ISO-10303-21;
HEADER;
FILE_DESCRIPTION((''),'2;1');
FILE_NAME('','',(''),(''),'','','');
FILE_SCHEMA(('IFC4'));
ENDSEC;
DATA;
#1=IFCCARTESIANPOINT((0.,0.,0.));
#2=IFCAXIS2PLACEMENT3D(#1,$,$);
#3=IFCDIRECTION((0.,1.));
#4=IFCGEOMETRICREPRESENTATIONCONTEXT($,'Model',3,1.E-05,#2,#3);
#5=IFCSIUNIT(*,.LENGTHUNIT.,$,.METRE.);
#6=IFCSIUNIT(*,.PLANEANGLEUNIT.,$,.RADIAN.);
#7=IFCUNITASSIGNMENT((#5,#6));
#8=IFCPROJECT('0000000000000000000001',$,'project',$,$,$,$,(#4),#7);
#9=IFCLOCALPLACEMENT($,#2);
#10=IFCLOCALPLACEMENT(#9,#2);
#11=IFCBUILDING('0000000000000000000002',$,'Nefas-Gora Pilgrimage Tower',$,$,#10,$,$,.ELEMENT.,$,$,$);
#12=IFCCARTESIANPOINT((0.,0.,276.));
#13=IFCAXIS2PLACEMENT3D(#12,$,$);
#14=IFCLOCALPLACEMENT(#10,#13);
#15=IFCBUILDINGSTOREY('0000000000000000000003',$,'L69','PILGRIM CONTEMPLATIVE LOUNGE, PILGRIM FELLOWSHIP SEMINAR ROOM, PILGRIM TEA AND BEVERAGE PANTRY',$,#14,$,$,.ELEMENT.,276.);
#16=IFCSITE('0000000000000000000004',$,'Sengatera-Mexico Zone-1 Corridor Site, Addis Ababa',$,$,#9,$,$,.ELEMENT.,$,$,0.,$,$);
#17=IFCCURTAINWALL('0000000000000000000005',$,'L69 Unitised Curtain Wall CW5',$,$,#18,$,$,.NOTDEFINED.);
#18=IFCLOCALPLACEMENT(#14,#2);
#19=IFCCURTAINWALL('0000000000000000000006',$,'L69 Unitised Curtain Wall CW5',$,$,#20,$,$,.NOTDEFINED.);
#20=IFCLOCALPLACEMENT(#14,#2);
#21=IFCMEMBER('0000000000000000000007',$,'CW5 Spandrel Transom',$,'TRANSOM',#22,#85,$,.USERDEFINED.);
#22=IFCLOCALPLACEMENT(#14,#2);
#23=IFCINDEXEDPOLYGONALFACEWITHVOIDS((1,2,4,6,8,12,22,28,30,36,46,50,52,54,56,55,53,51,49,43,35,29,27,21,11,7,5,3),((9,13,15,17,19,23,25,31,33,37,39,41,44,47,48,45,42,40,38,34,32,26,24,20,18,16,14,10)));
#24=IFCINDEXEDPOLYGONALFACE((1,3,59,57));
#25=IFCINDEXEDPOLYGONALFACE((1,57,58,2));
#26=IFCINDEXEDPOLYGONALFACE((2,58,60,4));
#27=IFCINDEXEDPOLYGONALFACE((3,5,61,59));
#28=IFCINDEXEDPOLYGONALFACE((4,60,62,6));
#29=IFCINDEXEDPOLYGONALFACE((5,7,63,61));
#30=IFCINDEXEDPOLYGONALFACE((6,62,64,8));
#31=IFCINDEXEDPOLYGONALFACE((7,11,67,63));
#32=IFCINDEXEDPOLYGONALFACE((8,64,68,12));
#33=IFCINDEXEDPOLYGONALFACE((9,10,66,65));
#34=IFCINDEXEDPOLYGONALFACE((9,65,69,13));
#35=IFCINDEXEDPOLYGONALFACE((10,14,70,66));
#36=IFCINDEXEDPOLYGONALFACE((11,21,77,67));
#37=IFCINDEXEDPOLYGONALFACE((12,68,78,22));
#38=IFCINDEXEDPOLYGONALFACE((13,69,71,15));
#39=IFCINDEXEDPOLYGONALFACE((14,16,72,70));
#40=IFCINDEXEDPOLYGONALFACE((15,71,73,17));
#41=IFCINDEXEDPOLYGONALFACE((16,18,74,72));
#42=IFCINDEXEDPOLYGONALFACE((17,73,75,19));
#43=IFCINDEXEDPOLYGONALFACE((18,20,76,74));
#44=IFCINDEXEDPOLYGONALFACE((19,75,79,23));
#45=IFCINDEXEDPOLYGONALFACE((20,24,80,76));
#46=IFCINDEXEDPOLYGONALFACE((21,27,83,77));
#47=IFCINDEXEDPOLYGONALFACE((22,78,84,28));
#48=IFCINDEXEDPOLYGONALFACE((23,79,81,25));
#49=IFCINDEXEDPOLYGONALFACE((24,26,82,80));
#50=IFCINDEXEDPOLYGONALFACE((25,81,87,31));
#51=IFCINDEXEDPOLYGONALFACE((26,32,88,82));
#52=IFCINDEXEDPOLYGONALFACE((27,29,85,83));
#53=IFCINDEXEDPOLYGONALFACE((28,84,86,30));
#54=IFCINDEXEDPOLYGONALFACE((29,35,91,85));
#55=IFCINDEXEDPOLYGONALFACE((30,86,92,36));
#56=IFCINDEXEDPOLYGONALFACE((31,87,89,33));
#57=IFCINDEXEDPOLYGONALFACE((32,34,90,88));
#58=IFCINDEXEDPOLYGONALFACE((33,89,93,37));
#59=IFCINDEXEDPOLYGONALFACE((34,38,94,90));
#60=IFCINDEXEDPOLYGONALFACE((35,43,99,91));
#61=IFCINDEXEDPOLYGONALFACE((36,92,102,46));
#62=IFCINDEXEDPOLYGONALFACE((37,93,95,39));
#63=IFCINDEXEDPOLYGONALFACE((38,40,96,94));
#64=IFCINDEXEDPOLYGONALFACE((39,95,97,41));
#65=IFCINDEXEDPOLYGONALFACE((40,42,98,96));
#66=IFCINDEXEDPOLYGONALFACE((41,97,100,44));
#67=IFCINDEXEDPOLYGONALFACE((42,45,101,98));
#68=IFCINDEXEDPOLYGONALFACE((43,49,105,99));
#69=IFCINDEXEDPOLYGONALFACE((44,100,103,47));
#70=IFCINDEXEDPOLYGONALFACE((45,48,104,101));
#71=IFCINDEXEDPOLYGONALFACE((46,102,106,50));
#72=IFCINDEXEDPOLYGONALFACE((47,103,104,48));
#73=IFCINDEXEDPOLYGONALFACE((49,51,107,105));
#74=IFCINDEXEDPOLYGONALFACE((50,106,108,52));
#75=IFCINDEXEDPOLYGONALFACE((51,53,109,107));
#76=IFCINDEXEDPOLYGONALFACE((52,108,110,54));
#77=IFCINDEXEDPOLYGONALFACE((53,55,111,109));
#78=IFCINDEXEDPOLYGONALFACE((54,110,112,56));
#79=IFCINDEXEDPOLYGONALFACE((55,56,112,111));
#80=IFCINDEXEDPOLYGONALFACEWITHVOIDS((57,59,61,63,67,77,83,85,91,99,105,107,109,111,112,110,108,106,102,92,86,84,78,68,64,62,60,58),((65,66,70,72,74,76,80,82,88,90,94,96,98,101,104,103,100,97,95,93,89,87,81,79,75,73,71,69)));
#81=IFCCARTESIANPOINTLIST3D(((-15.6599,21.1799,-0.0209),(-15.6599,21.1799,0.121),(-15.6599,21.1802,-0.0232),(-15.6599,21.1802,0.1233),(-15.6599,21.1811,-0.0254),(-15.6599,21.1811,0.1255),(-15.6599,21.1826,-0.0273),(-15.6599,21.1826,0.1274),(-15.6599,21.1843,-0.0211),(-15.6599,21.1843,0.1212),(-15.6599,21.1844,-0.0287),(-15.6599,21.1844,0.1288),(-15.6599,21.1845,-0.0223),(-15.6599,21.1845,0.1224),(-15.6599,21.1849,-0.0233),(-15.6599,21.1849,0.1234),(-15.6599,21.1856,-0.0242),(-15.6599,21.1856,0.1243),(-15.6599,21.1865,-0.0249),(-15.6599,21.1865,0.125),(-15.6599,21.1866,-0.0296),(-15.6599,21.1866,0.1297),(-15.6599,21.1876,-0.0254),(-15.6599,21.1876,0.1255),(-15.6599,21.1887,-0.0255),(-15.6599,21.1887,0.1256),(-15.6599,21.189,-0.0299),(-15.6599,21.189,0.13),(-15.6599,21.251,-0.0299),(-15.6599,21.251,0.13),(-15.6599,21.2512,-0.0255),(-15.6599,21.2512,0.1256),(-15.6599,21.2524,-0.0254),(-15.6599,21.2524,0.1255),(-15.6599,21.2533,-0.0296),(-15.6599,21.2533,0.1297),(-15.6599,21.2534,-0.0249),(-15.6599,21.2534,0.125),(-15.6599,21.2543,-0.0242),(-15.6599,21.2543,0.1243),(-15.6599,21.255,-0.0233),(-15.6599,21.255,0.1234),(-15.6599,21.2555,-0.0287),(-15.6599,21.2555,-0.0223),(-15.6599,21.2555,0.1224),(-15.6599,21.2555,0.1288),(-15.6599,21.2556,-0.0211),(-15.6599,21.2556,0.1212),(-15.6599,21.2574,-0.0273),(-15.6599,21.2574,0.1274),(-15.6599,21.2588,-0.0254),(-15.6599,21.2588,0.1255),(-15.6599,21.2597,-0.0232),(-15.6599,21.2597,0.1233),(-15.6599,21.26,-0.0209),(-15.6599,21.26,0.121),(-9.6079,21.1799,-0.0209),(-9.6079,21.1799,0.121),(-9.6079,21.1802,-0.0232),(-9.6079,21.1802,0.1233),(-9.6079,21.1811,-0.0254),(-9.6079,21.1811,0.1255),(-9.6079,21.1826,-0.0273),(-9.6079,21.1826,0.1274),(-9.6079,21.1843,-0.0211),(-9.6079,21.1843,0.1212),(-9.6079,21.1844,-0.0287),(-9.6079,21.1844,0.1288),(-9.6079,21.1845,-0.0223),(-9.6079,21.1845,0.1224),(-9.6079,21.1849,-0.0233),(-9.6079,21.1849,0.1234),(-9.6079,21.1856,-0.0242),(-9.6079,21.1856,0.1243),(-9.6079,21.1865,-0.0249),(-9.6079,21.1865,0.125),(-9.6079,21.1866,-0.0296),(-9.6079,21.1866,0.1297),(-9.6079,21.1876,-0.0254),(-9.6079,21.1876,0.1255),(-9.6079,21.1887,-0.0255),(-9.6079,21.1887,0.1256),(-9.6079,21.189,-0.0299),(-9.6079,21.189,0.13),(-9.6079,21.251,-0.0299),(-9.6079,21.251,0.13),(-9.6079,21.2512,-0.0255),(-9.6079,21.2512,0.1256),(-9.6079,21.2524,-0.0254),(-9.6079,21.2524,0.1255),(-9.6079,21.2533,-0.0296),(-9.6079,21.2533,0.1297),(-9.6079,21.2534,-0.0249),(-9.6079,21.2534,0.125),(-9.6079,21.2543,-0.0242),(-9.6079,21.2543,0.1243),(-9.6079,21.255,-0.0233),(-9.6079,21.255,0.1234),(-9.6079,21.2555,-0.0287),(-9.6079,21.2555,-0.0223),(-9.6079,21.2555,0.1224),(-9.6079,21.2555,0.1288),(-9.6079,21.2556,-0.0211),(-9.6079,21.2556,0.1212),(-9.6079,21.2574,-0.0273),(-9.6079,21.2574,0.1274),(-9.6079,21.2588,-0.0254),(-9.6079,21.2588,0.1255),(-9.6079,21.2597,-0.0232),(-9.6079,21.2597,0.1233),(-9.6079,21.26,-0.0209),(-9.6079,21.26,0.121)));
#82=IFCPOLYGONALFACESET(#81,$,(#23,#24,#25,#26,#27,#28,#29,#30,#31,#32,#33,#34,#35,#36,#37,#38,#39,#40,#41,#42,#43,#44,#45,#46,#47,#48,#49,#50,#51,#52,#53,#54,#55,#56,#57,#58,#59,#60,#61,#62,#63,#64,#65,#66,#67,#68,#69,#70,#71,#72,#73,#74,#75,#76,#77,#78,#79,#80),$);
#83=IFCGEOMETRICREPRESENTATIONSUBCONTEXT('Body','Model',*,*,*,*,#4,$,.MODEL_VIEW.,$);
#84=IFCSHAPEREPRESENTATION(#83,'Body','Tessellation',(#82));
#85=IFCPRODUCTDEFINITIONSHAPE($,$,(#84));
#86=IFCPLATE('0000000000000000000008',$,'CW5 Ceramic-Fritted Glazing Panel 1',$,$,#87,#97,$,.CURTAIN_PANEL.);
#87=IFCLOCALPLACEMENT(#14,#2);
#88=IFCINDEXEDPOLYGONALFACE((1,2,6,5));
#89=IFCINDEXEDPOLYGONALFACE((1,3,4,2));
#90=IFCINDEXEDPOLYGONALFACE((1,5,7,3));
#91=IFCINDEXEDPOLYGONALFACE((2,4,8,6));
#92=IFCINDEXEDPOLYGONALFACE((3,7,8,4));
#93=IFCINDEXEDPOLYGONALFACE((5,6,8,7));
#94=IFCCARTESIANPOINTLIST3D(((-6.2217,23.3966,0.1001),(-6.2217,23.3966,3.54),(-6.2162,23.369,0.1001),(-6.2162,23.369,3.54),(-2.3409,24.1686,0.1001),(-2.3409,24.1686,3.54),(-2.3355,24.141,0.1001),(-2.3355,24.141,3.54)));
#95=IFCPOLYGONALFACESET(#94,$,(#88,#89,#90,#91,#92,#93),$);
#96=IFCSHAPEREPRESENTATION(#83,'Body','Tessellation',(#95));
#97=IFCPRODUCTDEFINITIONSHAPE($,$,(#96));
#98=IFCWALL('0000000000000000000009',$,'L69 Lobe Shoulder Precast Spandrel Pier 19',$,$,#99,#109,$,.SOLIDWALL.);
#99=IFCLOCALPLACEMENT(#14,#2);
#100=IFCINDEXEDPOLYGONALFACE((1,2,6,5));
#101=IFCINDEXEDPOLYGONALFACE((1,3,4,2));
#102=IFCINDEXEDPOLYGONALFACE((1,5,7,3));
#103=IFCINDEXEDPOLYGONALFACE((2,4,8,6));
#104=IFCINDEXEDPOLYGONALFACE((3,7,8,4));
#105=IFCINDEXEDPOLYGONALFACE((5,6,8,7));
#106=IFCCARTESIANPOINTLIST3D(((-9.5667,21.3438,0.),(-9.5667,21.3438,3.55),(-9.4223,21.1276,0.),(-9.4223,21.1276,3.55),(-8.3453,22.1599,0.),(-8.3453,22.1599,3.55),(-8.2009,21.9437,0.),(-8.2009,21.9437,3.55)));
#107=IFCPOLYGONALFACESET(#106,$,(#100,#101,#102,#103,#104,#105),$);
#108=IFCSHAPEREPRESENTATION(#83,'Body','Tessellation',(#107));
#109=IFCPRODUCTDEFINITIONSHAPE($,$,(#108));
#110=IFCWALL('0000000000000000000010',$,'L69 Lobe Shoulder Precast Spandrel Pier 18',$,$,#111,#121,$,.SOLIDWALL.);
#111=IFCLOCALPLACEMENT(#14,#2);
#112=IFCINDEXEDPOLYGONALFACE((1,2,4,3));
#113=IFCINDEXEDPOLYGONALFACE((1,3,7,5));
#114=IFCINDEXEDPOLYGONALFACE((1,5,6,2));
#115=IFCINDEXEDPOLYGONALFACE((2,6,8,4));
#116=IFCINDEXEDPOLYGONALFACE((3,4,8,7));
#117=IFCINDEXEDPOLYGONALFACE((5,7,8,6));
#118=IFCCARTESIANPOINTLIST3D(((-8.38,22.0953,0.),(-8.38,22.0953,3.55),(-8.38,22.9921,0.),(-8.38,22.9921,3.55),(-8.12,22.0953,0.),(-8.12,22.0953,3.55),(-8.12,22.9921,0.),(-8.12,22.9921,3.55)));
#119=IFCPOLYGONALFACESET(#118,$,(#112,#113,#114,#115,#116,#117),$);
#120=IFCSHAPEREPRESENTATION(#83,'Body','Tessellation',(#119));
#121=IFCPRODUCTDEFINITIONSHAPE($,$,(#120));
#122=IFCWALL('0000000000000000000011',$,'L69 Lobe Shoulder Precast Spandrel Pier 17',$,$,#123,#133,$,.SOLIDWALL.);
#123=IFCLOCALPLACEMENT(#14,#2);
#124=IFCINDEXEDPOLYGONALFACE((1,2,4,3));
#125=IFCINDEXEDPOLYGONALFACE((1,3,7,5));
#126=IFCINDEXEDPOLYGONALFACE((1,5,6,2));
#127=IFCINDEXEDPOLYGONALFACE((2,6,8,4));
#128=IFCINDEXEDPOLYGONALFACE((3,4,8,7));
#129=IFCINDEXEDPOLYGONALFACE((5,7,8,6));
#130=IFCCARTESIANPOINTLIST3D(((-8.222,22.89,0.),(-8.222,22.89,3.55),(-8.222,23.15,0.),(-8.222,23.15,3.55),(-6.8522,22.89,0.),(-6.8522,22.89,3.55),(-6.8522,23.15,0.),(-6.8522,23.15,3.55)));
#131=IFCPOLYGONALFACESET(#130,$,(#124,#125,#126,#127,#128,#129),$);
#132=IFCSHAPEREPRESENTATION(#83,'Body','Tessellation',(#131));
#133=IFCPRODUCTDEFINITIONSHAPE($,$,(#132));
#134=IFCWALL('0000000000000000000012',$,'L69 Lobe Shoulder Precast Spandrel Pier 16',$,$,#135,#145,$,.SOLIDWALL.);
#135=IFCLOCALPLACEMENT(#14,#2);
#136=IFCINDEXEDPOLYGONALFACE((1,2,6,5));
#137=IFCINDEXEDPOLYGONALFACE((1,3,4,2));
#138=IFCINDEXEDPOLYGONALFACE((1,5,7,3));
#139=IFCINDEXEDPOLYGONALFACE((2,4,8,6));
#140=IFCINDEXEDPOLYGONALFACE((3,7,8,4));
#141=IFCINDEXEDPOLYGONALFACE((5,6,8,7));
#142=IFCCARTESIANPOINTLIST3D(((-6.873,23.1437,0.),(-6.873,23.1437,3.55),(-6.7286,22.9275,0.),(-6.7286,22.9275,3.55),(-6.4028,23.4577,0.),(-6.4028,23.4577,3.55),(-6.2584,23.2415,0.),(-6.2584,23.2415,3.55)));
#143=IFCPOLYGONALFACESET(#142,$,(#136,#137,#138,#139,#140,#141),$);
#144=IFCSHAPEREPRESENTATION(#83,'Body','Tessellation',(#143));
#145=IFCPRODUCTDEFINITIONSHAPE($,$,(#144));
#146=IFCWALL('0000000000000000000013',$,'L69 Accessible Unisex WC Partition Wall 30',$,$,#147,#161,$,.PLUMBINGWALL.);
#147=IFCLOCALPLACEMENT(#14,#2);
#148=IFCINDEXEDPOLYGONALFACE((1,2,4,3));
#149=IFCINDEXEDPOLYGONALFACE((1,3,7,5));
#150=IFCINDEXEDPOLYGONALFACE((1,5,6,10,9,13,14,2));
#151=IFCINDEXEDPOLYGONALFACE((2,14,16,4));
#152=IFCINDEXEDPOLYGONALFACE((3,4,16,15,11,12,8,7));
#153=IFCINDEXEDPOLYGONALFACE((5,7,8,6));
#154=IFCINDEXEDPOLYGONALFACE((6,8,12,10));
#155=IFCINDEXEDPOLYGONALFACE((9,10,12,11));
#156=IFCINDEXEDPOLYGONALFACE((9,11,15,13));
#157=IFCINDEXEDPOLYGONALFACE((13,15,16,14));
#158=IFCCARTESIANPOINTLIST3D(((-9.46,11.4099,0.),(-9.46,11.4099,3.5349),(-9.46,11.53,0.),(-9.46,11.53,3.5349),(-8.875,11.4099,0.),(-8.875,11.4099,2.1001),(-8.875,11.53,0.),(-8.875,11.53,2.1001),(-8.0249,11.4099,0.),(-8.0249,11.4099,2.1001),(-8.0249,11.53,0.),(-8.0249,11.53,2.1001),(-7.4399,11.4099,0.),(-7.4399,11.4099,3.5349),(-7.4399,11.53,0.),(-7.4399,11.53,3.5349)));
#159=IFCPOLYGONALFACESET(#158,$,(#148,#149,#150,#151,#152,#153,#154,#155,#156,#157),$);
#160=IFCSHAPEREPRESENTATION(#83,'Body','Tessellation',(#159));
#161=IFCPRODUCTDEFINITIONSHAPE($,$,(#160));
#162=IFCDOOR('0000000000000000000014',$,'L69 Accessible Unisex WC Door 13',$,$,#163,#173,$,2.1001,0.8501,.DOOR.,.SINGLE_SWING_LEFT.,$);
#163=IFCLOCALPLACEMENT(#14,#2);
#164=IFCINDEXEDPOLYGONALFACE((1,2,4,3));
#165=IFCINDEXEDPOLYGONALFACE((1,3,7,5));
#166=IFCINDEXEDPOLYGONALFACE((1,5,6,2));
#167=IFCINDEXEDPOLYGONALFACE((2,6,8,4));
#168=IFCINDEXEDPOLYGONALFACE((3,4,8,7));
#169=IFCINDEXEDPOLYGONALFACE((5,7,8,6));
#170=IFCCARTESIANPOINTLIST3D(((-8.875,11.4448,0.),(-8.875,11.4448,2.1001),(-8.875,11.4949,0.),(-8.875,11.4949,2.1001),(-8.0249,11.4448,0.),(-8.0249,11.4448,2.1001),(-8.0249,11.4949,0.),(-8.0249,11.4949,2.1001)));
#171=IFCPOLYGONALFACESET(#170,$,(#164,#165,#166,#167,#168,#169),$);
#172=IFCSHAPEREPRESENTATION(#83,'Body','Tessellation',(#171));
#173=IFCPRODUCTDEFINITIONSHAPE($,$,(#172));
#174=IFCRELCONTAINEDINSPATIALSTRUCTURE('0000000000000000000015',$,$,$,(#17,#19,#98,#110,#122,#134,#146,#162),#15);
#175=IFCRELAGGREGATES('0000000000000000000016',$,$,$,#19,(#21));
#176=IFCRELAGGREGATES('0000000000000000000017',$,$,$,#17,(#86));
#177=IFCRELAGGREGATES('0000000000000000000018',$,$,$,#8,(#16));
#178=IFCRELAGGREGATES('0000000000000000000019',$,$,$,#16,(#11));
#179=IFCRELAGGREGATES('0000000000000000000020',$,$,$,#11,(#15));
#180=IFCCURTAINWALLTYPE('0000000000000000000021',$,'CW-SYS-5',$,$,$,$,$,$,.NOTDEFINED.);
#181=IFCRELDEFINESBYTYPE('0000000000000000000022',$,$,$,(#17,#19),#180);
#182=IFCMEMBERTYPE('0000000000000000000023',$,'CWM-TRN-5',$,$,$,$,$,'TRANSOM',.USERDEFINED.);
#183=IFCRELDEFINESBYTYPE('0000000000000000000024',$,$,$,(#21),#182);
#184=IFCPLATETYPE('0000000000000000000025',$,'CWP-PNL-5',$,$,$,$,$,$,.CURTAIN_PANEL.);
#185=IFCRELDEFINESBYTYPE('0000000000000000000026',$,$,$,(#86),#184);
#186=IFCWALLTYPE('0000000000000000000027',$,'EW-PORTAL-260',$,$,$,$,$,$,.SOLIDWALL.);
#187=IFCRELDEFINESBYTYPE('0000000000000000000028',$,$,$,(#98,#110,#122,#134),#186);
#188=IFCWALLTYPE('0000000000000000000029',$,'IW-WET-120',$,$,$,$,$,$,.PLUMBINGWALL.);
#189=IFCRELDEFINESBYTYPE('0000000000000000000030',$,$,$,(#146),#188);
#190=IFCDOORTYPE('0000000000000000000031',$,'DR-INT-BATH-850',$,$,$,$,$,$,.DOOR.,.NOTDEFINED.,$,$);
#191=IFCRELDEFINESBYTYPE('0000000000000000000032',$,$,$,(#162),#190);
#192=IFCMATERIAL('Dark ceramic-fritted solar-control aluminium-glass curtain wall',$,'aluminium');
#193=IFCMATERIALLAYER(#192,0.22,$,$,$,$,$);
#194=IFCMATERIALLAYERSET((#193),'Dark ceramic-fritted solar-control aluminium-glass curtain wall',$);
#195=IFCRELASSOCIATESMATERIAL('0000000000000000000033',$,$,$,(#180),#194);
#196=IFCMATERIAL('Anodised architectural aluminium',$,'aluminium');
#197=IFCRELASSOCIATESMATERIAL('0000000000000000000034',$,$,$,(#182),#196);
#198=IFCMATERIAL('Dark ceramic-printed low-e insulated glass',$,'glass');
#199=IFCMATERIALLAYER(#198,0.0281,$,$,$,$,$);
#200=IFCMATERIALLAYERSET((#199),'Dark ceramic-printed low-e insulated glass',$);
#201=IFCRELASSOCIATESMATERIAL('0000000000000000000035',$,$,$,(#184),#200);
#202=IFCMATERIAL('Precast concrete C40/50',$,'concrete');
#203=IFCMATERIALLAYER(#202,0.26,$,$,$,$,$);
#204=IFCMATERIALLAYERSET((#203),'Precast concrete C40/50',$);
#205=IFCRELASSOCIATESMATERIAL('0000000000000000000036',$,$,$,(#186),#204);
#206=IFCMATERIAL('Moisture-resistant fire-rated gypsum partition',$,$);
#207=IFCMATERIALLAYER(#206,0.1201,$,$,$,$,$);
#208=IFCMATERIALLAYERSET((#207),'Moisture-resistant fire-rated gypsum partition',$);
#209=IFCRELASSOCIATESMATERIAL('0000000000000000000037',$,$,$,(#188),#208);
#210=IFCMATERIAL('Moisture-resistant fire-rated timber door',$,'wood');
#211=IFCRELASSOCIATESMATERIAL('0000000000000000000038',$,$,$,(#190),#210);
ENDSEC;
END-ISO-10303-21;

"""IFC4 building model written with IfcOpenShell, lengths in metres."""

from ifc_helpers import new_model, si_unit, direction, frame, frame_2d, origin, origin_2d, place, context, subcontext, project, spatial, rectangle, hollow_rectangle, extrude, source, transform, mapped, material, layer, layer_set, material_profile, profile_set, type_object, element, fill, aggregate, save


model = new_model("IFC4")

# Units and contexts
model_context = context("Model", 3, precision=1e-05, world=origin(), true_north=direction((0.0, 1.0)))
body_context = subcontext(model_context, "Body", "Model", "MODEL_VIEW")
ifc_project = project(units=[si_unit("LENGTHUNIT", "METRE"), si_unit("PLANEANGLEUNIT", "RADIAN")], contexts=[model_context])

# Site, building, storey
site_placement = place(None, origin())
site = spatial("IfcSite", under=ifc_project, at=site_placement, Name="Sengatera-Mexico Zone-1 Corridor Site, Addis Ababa", CompositionType="ELEMENT", RefElevation=0.0)
building_placement = place(site_placement, origin())
building = spatial("IfcBuilding", under=site, at=building_placement, Name="Nefas-Gora Pilgrimage Tower", CompositionType="ELEMENT")
storey_placement = place(building_placement, frame((0.0, 0.0, 276.0)))
storey = spatial("IfcBuildingStorey", under=building, at=storey_placement, Name="L69", Description="PILGRIM CONTEMPLATIVE LOUNGE, PILGRIM FELLOWSHIP SEMINAR ROOM, PILGRIM TEA AND BEVERAGE PANTRY", CompositionType="ELEMENT", Elevation=276.0)

# Curtain wall
ifc_material_1 = material(Name="Dark ceramic-fritted solar-control aluminium-glass curtain wall", Category="aluminium")
ifc_layer_1 = layer(ifc_material_1, 0.22)
ifc_layer_set_1 = layer_set([ifc_layer_1], Name="Dark ceramic-fritted solar-control aluminium-glass curtain wall")
curtain_wall_type = type_object("IfcCurtainWallType", Name="CW-SYS-5", PredefinedType="NOTDEFINED", material=ifc_layer_set_1)
curtain_wall_1_placement = place(storey_placement, origin())
curtain_wall_1 = element("IfcCurtainWall", 1, at=curtain_wall_1_placement, inside=storey, type_object=curtain_wall_type, Name="L69 Unitised Curtain Wall CW5", PredefinedType="NOTDEFINED")
ifc_material_2 = material(Name="Anodised architectural aluminium", Category="aluminium")

# Curtain wall, member
curtain_wall_2_placement = place(storey_placement, origin())
curtain_wall_2 = element("IfcCurtainWall", 2, at=curtain_wall_2_placement, inside=storey, type_object=curtain_wall_type, Name="L69 Unitised Curtain Wall CW5", PredefinedType="NOTDEFINED")
ifc_material_profile_1 = material_profile(ifc_material_2, hollow_rectangle(XDim=0.0801, YDim=0.1599, WallThickness=0.0044, InnerFilletRadius=0.0044, OuterFilletRadius=0.009, at=origin_2d()), Name="ALU TRANSOM 80x160")
ifc_profile_set_1 = profile_set([ifc_material_profile_1], Name="Anodised architectural aluminium")
member_type_1 = type_object("IfcMemberType", Name="CWM-TRN-5", ElementType="TRANSOM", PredefinedType="USERDEFINED", material=ifc_profile_set_1)
shared_shape_1 = source(origin(), body_context, "Body", "SweptSolid", [
    extrude(hollow_rectangle(XDim=0.0801, YDim=0.1599, WallThickness=0.0044, InnerFilletRadius=0.0044, OuterFilletRadius=0.009, at=origin_2d()), origin(), (0.0, 0.0, 1.0), 6.052),
])
member_1_placement = place(storey_placement, frame((-9.6079, 21.22, 0.05), z_axis=(-1.0, 0.0, 0.0), x_axis=(0.0, -1.0, 0.0)))
member_1 = element("IfcMember", 3, at=member_1_placement, type_object=member_type_1, Name="CW5 Spandrel Transom", ObjectType="TRANSOM", PredefinedType="USERDEFINED", context=body_context, shape_type="MappedRepresentation", body=[
    mapped(shared_shape_1, transform((0.0, 0.0, 0.0), x_axis=(1.0, 0.0, 0.0), y_axis=(0.0, 1.0, 0.0), z_axis=(0.0, 0.0, 1.0), scale=1.0)),
])
aggregate(curtain_wall_2, [member_1])

# Plate
ifc_material_3 = material(Name="Dark ceramic-printed low-e insulated glass", Category="glass")
ifc_layer_2 = layer(ifc_material_3, 0.0281)
ifc_layer_set_2 = layer_set([ifc_layer_2], Name="Dark ceramic-printed low-e insulated glass")
plate_type = type_object("IfcPlateType", Name="CWP-PNL-5", PredefinedType="CURTAIN_PANEL", material=ifc_layer_set_2)
shared_shape_2 = source(origin(), body_context, "Body", "SweptSolid", [
    extrude(rectangle(XDim=3.9568, YDim=0.0281, at=origin_2d()), origin(), (0.0, 0.0, 1.0), 3.4399),
])
plate_placement = place(storey_placement, frame((-4.2786, 23.7688, 0.1001), z_axis=(0.0, 0.0, 1.0), x_axis=(-0.980783, -0.195102, 0.0)))
plate = element("IfcPlate", 4, at=plate_placement, type_object=plate_type, Name="CW5 Ceramic-Fritted Glazing Panel 1", PredefinedType="CURTAIN_PANEL", context=body_context, shape_type="MappedRepresentation", body=[
    mapped(shared_shape_2, transform((0.0, 0.0, 0.0), x_axis=(1.0, 0.0, 0.0), y_axis=(0.0, 1.0, 0.0), z_axis=(0.0, 0.0, 1.0), scale=1.0)),
])
aggregate(curtain_wall_1, [plate])

# Walls
ifc_material_4 = material(Name="Precast concrete C40/50", Category="concrete")
ifc_layer_3 = layer(ifc_material_4, 0.26)
ifc_layer_set_3 = layer_set([ifc_layer_3], Name="Precast concrete C40/50")
wall_type_1 = type_object("IfcWallType", Name="EW-PORTAL-260", PredefinedType="SOLIDWALL", material=ifc_layer_set_3)
shared_shape_3 = source(origin(), body_context, "Body", "SweptSolid", [
    extrude(rectangle(XDim=1.469, YDim=0.26, at=frame_2d((0.7344, 0.0))), origin(), (0.0, 0.0, 1.0), 3.55),
])
wall_1_placement = place(storey_placement, frame((-8.2732, 22.0518, 0.0), z_axis=(0.0, 0.0, 1.0), x_axis=(-0.831462, -0.555582, 0.0)))
element("IfcWall", 5, at=wall_1_placement, inside=storey, type_object=wall_type_1, Name="L69 Lobe Shoulder Precast Spandrel Pier 19", PredefinedType="SOLIDWALL", context=body_context, shape_type="MappedRepresentation", body=[
    mapped(shared_shape_3, transform((0.0, 0.0, 0.0), x_axis=(1.0, 0.0, 0.0), y_axis=(0.0, 1.0, 0.0), z_axis=(0.0, 0.0, 1.0), scale=1.0)),
])
shared_shape_4 = source(origin(), body_context, "Body", "SweptSolid", [
    extrude(rectangle(XDim=0.8967, YDim=0.26, at=frame_2d((0.4482, 0.0))), origin(), (0.0, 0.0, 1.0), 3.55),
])
wall_2_placement = place(storey_placement, frame((-8.25, 22.9919, 0.0), z_axis=(0.0, 0.0, 1.0), x_axis=(0.0, -1.0, 0.0)))
element("IfcWall", 6, at=wall_2_placement, inside=storey, type_object=wall_type_1, Name="L69 Lobe Shoulder Precast Spandrel Pier 18", PredefinedType="SOLIDWALL", context=body_context, shape_type="MappedRepresentation", body=[
    mapped(shared_shape_4, transform((0.0, 0.0, 0.0), x_axis=(1.0, 0.0, 0.0), y_axis=(0.0, 1.0, 0.0), z_axis=(0.0, 0.0, 1.0), scale=1.0)),
])
shared_shape_5 = source(origin(), body_context, "Body", "SweptSolid", [
    extrude(rectangle(XDim=1.3699, YDim=0.26, at=frame_2d((0.6851, 0.0))), origin(), (0.0, 0.0, 1.0), 3.55),
])
wall_3_placement = place(storey_placement, frame((-6.8521, 23.02, 0.0), z_axis=(0.0, 0.0, 1.0), x_axis=(-1.0, 0.0, 0.0)))
element("IfcWall", 7, at=wall_3_placement, inside=storey, type_object=wall_type_1, Name="L69 Lobe Shoulder Precast Spandrel Pier 17", PredefinedType="SOLIDWALL", context=body_context, shape_type="MappedRepresentation", body=[
    mapped(shared_shape_5, transform((0.0, 0.0, 0.0), x_axis=(1.0, 0.0, 0.0), y_axis=(0.0, 1.0, 0.0), z_axis=(0.0, 0.0, 1.0), scale=1.0)),
])
shared_shape_6 = source(origin(), body_context, "Body", "SweptSolid", [
    extrude(rectangle(XDim=0.5654, YDim=0.26, at=frame_2d((0.2827, 0.0))), origin(), (0.0, 0.0, 1.0), 3.55),
])
wall_4_placement = place(storey_placement, frame((-6.3306, 23.3496, 0.0), z_axis=(0.0, 0.0, 1.0), x_axis=(-0.831651, -0.555298, 0.0)))
element("IfcWall", 8, at=wall_4_placement, inside=storey, type_object=wall_type_1, Name="L69 Lobe Shoulder Precast Spandrel Pier 16", PredefinedType="SOLIDWALL", context=body_context, shape_type="MappedRepresentation", body=[
    mapped(shared_shape_6, transform((0.0, 0.0, 0.0), x_axis=(1.0, 0.0, 0.0), y_axis=(0.0, 1.0, 0.0), z_axis=(0.0, 0.0, 1.0), scale=1.0)),
])

# Wall, opening, door
ifc_material_5 = material(Name="Moisture-resistant fire-rated gypsum partition")
ifc_layer_4 = layer(ifc_material_5, 0.1201)
ifc_layer_set_4 = layer_set([ifc_layer_4], Name="Moisture-resistant fire-rated gypsum partition")
wall_type_2 = type_object("IfcWallType", Name="IW-WET-120", PredefinedType="PLUMBINGWALL", material=ifc_layer_set_4)
shared_shape_7 = source(origin(), body_context, "Body", "SweptSolid", [
    extrude(rectangle(XDim=2.02, YDim=0.1201, at=frame_2d((1.01, 0.0))), origin(), (0.0, 0.0, 1.0), 3.5349),
])
wall_5_placement = place(storey_placement, frame((-9.46, 11.47, 0.0), z_axis=(0.0, 0.0, 1.0), x_axis=(1.0, 0.0, 0.0)))
wall_5 = element("IfcWall", 9, at=wall_5_placement, inside=storey, type_object=wall_type_2, Name="L69 Accessible Unisex WC Partition Wall 30", PredefinedType="PLUMBINGWALL", context=body_context, shape_type="MappedRepresentation", body=[
    mapped(shared_shape_7, transform((0.0, 0.0, 0.0), x_axis=(1.0, 0.0, 0.0), y_axis=(0.0, 1.0, 0.0), z_axis=(0.0, 0.0, 1.0), scale=1.0)),
])
opening_1_placement = place(wall_5_placement, frame((0.585, 0.0, 0.0)))
opening_1 = element("IfcOpeningElement", 10, at=opening_1_placement, cuts=wall_5, PredefinedType="OPENING", context=body_context, shape_type="SweptSolid", body=[
    extrude(rectangle(XDim=0.8501, YDim=2.1001, at=frame_2d((0.425, 1.05))), frame((0.0, 0.0701, 0.0), z_axis=(0.0, -1.0, 0.0), x_axis=(1.0, 0.0, 0.0)), (0.0, 0.0, 1.0), 0.1401),
])
ifc_material_6 = material(Name="Moisture-resistant fire-rated timber door", Category="wood")
door_type_1 = type_object("IfcDoorType", Name="DR-INT-BATH-850", OperationType="NOTDEFINED", PredefinedType="DOOR", material=ifc_material_6)
shared_shape_8 = source(origin(), body_context, "Body", "SweptSolid", [
    extrude(rectangle(XDim=0.8501, YDim=2.1001, at=frame_2d((0.425, 1.05))), frame((0.0, 0.0249, 0.0), z_axis=(0.0, -1.0, 0.0), x_axis=(1.0, 0.0, 0.0)), (0.0, 0.0, 1.0), 0.05),
])
door_1_placement = place(opening_1_placement, origin())
door_1 = element("IfcDoor", 11, at=door_1_placement, inside=storey, type_object=door_type_1, Name="L69 Accessible Unisex WC Door 13", OperationType="SINGLE_SWING_LEFT", OverallHeight=2.1001, OverallWidth=0.8501, PredefinedType="DOOR", context=body_context, shape_type="MappedRepresentation", body=[
    mapped(shared_shape_8, transform((0.0, 0.0, 0.0), x_axis=(1.0, 0.0, 0.0), y_axis=(0.0, 1.0, 0.0), z_axis=(0.0, 0.0, 1.0), scale=1.0)),
])
fill(opening_1, door_1)

save(model, "model.ifc")
